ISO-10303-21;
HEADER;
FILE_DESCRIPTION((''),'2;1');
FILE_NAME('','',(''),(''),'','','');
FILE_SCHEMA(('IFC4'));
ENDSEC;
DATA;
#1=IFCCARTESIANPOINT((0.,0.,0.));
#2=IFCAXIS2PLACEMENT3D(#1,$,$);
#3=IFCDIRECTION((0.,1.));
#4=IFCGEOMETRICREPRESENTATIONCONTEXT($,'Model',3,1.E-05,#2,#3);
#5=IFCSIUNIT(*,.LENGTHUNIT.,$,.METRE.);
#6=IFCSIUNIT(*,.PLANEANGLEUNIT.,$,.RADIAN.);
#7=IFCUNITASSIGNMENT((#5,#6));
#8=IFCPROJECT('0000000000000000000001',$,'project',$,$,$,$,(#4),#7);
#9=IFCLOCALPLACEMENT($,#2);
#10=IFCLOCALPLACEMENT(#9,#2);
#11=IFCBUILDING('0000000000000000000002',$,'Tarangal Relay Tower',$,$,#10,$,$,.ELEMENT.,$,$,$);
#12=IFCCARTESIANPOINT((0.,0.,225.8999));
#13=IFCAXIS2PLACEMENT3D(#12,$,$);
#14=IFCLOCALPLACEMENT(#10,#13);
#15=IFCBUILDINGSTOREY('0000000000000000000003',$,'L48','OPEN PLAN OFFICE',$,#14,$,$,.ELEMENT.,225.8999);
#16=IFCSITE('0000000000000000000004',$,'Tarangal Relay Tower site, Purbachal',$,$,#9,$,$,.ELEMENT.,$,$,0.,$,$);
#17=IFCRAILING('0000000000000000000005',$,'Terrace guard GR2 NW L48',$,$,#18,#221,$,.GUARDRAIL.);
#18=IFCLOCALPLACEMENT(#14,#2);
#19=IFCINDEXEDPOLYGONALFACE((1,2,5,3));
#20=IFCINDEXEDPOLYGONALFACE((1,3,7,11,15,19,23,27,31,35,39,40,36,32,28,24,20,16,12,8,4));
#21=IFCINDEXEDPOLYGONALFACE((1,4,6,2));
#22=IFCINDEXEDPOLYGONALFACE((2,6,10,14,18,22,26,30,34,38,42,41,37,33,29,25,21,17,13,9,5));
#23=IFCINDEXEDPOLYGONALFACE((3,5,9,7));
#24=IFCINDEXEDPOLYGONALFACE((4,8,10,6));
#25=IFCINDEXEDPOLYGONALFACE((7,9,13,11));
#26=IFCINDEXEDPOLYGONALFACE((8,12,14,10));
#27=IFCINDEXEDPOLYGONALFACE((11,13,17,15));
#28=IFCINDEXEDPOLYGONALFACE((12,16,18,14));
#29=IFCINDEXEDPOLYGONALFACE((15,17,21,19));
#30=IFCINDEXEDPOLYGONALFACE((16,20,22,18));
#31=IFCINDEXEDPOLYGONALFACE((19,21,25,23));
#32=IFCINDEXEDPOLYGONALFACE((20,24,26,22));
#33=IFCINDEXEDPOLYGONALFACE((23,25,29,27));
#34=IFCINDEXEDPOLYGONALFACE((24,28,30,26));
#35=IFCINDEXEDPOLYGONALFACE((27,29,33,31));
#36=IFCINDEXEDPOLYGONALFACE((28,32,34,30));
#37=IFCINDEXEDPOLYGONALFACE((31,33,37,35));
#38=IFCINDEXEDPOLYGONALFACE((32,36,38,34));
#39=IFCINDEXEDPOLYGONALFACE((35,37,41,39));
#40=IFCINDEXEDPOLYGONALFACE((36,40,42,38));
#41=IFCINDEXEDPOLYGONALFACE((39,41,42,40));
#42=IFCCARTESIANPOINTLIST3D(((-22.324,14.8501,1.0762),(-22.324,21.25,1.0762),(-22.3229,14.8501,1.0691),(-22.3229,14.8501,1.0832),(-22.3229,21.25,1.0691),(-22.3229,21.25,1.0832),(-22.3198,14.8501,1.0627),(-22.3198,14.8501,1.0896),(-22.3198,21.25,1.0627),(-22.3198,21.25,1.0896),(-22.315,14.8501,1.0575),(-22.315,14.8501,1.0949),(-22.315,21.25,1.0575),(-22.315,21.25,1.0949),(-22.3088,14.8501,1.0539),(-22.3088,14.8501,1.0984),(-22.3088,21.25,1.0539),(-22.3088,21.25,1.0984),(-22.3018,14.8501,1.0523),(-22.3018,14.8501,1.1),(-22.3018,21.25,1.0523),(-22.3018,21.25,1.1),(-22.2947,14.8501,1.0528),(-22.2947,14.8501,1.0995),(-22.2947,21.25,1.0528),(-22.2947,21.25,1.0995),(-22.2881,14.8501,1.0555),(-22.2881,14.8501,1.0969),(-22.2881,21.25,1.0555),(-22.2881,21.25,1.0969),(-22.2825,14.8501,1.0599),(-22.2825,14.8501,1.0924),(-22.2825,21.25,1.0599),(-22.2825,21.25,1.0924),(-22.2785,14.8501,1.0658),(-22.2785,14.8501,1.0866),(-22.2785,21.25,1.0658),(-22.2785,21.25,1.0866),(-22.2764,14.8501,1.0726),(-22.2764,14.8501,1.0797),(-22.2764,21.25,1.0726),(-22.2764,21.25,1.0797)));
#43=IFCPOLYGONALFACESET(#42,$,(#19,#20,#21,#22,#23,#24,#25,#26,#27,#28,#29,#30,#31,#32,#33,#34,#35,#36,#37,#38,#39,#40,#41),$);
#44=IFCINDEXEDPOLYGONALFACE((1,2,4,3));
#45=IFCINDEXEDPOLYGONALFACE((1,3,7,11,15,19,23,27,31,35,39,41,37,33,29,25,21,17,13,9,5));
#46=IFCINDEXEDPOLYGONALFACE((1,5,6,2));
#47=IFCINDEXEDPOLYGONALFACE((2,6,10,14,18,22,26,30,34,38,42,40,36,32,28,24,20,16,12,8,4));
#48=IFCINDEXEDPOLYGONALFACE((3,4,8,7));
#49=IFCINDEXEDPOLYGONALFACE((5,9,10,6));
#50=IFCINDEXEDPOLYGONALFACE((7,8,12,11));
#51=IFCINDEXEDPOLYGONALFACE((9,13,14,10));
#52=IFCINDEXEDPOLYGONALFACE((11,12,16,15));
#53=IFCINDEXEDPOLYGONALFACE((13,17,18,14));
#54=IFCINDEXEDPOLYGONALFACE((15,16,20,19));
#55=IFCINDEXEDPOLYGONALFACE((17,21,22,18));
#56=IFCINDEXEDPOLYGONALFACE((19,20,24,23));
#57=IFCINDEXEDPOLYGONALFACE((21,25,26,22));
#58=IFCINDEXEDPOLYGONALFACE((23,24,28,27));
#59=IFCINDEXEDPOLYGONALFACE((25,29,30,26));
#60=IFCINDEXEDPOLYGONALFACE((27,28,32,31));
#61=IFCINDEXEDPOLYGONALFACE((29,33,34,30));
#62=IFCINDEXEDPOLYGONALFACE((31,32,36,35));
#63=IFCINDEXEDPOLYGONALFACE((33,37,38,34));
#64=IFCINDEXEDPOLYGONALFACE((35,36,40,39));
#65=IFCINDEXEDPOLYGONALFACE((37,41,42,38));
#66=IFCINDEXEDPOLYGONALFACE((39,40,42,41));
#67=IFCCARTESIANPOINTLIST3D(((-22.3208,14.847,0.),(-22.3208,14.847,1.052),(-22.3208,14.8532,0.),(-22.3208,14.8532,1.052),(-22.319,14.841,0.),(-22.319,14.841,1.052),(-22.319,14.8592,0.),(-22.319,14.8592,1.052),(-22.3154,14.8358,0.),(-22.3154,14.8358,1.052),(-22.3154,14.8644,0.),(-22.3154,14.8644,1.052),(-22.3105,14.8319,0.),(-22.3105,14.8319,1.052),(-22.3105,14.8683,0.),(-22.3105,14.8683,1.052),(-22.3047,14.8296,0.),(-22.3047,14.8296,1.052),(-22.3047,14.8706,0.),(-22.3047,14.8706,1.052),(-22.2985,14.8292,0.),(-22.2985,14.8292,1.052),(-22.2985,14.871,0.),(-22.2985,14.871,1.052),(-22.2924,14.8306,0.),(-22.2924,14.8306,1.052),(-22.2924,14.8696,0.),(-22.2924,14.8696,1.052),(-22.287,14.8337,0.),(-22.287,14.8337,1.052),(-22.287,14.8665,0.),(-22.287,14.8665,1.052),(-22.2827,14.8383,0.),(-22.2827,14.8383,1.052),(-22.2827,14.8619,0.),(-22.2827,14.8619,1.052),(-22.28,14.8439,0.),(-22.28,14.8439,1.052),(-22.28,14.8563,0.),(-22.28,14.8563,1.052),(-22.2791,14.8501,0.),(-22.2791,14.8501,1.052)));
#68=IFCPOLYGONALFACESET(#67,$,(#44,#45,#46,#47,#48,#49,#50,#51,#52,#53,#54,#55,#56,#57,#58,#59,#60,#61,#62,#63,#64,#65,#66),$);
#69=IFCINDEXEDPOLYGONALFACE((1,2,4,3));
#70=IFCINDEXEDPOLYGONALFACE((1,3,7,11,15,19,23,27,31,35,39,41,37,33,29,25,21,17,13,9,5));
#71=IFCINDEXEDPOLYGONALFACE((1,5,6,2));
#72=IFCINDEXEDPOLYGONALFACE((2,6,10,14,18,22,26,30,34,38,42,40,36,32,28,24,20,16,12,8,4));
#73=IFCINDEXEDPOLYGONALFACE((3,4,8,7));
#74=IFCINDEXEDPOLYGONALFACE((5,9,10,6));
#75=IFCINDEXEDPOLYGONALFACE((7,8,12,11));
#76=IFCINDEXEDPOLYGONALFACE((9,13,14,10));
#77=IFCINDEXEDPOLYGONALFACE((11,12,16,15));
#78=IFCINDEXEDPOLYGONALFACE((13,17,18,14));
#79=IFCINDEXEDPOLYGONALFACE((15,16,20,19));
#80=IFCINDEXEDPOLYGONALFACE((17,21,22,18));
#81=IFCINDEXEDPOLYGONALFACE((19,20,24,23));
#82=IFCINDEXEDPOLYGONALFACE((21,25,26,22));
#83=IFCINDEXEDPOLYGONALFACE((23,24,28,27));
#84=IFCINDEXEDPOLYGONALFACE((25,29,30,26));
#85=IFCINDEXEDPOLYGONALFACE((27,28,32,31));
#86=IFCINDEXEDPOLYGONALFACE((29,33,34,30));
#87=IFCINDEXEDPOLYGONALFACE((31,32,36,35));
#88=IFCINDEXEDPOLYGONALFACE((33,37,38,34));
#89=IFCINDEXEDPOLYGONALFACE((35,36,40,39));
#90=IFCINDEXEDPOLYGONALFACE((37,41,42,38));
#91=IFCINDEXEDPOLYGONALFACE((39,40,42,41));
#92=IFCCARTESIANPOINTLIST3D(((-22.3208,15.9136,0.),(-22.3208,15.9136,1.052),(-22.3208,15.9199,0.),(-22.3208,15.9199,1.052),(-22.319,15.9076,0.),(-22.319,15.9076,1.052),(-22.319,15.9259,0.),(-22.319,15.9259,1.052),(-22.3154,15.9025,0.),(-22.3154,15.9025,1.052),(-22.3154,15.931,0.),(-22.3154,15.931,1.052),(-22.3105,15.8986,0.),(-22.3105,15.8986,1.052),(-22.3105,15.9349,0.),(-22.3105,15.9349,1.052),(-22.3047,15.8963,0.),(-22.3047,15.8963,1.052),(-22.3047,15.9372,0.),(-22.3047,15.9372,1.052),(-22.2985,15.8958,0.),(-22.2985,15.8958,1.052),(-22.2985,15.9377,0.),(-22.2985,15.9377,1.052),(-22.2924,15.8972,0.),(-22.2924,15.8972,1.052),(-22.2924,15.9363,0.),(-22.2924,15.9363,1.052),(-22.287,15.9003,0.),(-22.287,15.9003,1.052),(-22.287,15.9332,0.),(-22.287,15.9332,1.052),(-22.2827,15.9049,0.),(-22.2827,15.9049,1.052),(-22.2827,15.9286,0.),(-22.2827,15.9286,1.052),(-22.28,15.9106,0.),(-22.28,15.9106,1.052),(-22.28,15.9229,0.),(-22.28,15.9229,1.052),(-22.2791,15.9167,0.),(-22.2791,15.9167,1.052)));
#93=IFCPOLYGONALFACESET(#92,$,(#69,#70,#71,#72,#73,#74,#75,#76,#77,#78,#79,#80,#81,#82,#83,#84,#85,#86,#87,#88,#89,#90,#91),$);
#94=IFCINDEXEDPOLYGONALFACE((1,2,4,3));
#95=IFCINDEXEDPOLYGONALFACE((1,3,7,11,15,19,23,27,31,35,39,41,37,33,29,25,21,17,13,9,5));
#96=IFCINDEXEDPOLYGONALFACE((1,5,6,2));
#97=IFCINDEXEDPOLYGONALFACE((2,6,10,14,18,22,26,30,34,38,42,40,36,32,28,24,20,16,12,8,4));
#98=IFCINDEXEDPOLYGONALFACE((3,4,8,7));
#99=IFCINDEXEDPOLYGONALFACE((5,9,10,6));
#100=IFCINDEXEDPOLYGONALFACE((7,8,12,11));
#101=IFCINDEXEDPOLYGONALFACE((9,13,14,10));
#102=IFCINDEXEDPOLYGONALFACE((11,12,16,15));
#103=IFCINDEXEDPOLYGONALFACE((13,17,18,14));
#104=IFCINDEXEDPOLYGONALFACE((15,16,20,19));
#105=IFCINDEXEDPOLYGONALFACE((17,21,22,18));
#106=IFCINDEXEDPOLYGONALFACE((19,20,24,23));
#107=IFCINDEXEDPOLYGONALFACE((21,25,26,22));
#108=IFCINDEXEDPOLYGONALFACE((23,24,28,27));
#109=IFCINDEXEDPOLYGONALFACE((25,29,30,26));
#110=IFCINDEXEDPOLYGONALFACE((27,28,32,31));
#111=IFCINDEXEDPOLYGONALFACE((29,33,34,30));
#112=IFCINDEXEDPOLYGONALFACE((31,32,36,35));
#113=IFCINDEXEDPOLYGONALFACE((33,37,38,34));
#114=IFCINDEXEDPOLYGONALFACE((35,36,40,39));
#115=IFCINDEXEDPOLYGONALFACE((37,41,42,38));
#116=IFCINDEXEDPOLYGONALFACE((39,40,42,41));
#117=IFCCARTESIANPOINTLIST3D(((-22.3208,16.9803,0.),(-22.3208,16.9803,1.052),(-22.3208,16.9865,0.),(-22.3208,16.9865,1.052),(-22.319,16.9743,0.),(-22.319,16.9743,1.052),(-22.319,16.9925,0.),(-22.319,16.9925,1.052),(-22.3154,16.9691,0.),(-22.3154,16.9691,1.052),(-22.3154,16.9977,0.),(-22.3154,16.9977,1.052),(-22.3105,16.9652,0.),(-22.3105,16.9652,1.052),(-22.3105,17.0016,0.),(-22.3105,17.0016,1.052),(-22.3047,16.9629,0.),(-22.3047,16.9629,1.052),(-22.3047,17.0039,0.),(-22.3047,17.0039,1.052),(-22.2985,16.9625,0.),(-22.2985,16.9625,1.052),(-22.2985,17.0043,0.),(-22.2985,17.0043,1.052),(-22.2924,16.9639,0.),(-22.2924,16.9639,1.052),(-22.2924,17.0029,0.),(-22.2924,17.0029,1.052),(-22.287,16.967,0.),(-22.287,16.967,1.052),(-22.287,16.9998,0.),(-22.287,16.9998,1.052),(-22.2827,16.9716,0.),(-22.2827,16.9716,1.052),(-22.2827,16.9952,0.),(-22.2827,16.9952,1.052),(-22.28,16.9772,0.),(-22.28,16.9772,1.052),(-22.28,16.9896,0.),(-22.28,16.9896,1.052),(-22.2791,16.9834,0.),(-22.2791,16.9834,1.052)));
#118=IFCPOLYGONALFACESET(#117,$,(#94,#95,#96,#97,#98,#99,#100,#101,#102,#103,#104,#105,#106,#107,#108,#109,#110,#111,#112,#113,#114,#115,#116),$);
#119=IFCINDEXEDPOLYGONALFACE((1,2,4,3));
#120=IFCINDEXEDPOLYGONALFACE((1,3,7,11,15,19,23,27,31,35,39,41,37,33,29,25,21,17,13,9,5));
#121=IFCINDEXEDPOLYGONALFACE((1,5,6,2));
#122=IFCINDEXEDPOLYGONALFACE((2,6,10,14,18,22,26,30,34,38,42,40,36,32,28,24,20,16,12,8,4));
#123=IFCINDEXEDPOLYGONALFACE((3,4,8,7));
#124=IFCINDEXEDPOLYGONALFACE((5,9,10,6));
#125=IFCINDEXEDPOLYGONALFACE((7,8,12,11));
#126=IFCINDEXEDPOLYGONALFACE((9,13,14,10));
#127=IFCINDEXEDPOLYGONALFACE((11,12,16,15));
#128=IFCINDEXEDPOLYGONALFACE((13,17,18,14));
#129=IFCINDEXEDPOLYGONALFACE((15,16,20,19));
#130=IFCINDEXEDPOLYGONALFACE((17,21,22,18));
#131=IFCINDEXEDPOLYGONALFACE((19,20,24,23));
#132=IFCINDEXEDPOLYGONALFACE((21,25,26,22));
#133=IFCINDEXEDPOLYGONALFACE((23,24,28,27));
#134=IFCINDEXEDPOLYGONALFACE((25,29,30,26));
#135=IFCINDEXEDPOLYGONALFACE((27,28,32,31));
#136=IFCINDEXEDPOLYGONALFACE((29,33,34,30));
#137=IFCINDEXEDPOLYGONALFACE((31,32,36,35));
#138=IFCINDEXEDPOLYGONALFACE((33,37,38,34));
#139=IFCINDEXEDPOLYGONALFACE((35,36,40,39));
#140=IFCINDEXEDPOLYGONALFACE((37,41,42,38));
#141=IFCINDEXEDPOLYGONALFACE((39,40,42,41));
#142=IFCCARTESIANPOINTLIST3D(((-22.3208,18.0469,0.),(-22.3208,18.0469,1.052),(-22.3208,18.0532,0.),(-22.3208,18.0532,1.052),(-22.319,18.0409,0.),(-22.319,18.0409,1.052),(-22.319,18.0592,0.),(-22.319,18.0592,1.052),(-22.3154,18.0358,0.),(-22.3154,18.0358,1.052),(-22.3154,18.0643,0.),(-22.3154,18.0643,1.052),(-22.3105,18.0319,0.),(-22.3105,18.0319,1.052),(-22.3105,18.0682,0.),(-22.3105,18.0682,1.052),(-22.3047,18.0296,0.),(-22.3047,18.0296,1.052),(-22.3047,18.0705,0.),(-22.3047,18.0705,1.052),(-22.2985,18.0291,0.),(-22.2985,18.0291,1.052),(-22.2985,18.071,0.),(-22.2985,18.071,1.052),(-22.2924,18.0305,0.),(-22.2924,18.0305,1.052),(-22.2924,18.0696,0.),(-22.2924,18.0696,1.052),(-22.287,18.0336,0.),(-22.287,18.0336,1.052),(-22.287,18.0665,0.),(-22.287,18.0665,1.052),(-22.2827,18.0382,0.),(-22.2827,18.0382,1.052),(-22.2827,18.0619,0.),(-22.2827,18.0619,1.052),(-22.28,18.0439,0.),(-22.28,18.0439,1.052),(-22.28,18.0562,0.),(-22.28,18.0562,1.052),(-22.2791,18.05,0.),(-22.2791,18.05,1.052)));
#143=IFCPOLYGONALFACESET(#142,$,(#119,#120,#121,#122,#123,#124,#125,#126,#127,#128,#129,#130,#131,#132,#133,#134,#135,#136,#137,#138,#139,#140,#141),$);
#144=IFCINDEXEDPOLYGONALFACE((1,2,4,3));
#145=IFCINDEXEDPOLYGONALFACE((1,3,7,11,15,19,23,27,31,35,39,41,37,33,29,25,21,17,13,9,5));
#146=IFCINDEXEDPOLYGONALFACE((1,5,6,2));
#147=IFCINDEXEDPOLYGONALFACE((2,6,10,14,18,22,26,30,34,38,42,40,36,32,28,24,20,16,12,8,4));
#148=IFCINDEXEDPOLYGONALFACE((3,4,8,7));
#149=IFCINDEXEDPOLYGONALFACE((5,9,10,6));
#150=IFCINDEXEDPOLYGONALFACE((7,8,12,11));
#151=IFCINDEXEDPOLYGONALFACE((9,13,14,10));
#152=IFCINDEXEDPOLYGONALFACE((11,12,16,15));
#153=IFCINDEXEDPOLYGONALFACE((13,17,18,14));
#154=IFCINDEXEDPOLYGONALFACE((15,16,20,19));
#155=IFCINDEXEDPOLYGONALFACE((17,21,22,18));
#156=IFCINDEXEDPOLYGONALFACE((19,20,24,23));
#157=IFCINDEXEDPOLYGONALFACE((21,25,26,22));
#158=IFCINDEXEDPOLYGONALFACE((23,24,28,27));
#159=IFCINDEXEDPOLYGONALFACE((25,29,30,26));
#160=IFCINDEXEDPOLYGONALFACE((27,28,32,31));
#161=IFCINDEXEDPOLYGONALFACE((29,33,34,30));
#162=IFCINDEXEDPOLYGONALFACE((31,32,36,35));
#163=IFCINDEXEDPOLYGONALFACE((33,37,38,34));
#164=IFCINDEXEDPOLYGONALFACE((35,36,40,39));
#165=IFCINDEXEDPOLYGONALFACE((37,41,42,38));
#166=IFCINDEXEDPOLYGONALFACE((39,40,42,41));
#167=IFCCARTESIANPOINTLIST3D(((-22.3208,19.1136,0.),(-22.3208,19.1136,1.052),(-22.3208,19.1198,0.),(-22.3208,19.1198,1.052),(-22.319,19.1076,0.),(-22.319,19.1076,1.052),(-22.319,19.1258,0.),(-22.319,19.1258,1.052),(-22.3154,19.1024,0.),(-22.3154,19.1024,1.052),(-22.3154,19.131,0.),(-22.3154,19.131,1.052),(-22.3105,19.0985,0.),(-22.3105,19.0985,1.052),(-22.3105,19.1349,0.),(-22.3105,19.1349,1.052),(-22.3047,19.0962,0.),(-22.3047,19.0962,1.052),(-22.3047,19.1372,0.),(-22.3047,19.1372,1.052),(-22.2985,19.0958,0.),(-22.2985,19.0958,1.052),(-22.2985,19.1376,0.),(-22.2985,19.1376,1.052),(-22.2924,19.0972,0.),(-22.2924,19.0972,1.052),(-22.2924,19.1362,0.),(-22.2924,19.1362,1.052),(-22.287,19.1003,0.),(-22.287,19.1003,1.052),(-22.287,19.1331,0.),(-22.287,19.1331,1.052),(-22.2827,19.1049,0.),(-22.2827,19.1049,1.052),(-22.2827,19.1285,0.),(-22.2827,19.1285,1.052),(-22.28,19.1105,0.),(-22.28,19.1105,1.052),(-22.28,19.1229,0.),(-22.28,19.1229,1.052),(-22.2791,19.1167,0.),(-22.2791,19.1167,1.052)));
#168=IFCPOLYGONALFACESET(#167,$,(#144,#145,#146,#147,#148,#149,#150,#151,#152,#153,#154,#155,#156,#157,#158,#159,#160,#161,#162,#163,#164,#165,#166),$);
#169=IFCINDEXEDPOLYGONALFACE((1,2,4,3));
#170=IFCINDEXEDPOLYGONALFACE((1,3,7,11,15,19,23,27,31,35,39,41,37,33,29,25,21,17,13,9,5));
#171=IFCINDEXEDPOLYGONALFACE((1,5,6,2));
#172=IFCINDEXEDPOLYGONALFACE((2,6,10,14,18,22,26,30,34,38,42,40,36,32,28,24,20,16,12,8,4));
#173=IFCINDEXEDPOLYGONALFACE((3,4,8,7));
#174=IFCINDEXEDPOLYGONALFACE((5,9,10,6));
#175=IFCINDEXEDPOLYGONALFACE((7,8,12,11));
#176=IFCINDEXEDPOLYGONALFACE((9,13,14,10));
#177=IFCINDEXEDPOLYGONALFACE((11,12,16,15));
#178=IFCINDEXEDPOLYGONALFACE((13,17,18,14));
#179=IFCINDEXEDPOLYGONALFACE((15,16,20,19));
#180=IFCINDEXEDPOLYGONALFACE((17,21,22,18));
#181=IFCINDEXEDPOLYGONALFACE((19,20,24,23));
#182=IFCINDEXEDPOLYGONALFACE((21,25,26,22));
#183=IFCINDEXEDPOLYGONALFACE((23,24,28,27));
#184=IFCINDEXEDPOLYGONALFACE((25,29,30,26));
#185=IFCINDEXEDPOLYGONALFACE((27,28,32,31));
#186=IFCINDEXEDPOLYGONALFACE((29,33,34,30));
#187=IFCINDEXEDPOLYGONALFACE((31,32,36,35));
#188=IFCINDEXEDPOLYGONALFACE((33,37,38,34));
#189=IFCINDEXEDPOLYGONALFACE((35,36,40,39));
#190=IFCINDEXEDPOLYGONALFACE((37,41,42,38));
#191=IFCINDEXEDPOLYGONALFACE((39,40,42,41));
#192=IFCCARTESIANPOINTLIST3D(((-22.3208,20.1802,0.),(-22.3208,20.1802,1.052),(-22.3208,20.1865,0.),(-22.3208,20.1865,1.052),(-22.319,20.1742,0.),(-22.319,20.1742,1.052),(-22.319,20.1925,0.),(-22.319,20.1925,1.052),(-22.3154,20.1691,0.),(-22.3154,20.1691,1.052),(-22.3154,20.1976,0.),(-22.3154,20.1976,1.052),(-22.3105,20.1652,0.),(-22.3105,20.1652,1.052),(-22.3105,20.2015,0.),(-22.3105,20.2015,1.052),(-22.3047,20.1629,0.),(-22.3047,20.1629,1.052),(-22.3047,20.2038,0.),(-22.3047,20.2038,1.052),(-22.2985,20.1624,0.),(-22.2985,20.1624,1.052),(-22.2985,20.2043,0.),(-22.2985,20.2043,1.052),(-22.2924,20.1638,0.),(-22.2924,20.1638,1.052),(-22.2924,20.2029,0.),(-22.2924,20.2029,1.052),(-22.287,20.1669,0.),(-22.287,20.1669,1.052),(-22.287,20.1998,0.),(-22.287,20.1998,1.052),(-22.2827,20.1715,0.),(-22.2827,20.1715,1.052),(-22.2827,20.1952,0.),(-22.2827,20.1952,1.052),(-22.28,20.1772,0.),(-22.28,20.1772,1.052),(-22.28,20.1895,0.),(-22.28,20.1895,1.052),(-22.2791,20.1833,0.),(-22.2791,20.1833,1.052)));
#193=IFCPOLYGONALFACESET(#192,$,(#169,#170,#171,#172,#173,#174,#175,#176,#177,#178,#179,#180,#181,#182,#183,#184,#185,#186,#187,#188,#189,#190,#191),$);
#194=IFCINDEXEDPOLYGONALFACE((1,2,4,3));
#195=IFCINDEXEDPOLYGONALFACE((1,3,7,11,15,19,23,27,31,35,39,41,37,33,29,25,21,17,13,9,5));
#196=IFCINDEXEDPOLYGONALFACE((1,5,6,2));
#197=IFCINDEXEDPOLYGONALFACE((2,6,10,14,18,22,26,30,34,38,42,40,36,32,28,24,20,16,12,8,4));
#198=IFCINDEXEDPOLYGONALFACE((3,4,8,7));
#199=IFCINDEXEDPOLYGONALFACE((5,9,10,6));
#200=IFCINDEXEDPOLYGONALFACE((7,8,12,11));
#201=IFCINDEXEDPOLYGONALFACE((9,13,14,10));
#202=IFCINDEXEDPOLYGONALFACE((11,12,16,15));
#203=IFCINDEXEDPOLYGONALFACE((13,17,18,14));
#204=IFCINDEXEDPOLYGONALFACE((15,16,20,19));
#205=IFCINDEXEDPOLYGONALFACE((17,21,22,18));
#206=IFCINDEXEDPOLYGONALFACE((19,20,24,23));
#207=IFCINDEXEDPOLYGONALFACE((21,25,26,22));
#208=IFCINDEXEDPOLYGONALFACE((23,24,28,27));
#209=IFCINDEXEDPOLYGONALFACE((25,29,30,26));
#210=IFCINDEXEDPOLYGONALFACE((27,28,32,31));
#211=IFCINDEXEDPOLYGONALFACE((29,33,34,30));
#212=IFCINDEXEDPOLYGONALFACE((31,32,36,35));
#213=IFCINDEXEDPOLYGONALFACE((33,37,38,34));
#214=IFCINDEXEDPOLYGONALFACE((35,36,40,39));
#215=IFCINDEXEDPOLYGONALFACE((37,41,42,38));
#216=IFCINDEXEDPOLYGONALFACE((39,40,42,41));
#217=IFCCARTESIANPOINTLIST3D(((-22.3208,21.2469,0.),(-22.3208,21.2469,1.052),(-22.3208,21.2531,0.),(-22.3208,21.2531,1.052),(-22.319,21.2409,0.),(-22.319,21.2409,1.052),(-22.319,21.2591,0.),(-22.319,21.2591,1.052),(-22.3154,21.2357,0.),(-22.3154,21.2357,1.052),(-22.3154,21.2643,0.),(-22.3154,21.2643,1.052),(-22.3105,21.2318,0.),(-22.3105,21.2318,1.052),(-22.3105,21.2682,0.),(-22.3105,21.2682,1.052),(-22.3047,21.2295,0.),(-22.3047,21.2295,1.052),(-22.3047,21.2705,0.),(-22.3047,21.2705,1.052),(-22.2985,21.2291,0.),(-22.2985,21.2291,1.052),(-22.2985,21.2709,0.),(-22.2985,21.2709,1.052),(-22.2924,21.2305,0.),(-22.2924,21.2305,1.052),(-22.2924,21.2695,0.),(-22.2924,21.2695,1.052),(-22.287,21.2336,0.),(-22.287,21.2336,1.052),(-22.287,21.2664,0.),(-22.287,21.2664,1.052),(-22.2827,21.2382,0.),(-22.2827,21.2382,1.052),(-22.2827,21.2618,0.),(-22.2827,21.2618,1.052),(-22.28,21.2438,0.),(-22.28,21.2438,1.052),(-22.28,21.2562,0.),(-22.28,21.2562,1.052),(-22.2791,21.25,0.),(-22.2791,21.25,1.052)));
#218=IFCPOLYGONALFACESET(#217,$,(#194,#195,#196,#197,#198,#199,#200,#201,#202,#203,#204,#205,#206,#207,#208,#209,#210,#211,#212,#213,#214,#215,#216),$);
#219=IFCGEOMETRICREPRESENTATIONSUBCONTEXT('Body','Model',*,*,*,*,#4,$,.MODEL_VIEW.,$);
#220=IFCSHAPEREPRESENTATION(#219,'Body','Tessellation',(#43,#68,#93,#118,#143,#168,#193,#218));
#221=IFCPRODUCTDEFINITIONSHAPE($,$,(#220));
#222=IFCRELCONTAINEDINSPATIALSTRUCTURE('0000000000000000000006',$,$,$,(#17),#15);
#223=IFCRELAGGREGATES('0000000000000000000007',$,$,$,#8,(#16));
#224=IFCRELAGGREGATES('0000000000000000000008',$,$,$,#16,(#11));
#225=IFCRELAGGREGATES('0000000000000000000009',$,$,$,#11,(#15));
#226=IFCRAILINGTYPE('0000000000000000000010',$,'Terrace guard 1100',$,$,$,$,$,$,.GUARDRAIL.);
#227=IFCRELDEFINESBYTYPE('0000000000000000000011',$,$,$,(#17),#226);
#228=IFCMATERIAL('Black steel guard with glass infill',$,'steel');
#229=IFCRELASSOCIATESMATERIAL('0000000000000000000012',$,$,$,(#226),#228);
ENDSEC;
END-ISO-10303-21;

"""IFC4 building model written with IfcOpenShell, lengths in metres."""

from ifc_helpers import new_model, si_unit, direction, frame, origin, origin_2d, place, context, subcontext, project, spatial, circle, extrude, material, type_object, element, save


model = new_model("IFC4")

# Units and contexts
model_context = context("Model", 3, precision=1e-05, world=origin(), true_north=direction((0.0, 1.0)))
body_context = subcontext(model_context, "Body", "Model", "MODEL_VIEW")
ifc_project = project(units=[si_unit("LENGTHUNIT", "METRE"), si_unit("PLANEANGLEUNIT", "RADIAN")], contexts=[model_context])

# Site, building, storey
site_placement = place(None, origin())
site = spatial("IfcSite", under=ifc_project, at=site_placement, Name="Tarangal Relay Tower site, Purbachal", CompositionType="ELEMENT", RefElevation=0.0)
building_placement = place(site_placement, origin())
building = spatial("IfcBuilding", under=site, at=building_placement, Name="Tarangal Relay Tower", CompositionType="ELEMENT")
storey_placement = place(building_placement, frame((0.0, 0.0, 225.8999)))
storey = spatial("IfcBuildingStorey", under=building, at=storey_placement, Name="L48", Description="OPEN PLAN OFFICE", CompositionType="ELEMENT", Elevation=225.8999)

# Railing
ifc_material_1 = material(Name="Black steel guard with glass infill", Category="steel")
railing_type = type_object("IfcRailingType", Name="Terrace guard 1100", PredefinedType="GUARDRAIL", material=ifc_material_1)
railing_1_placement = place(storey_placement, frame((-22.3, 14.8501, 0.0)))
element("IfcRailing", 1, at=railing_1_placement, inside=storey, type_object=railing_type, Name="Terrace guard GR2 NW L48", PredefinedType="GUARDRAIL", context=body_context, shape_type="SweptSolid", body=[
    extrude(circle(Radius=0.0239, at=origin_2d()), frame((0.0, 0.0, 1.0762), z_axis=(0.0, 1.0, 0.0), x_axis=(-1.0, 0.0, 0.0)), (0.0, 0.0, 1.0), 6.3999),
    extrude(circle(Radius=0.021, at=origin_2d()), origin(), (0.0, 0.0, 1.0), 1.052),
    extrude(circle(Radius=0.021, at=origin_2d()), frame((0.0, 1.0667, 0.0)), (0.0, 0.0, 1.0), 1.052),
    extrude(circle(Radius=0.021, at=origin_2d()), frame((0.0, 2.1333, 0.0)), (0.0, 0.0, 1.0), 1.052),
    extrude(circle(Radius=0.021, at=origin_2d()), frame((0.0, 3.2, 0.0)), (0.0, 0.0, 1.0), 1.052),
    extrude(circle(Radius=0.021, at=origin_2d()), frame((0.0, 4.2666, 0.0)), (0.0, 0.0, 1.0), 1.052),
    extrude(circle(Radius=0.021, at=origin_2d()), frame((0.0, 5.3333, 0.0)), (0.0, 0.0, 1.0), 1.052),
    extrude(circle(Radius=0.021, at=origin_2d()), frame((0.0, 6.3999, 0.0)), (0.0, 0.0, 1.0), 1.052),
])

save(model, "model.ifc")
